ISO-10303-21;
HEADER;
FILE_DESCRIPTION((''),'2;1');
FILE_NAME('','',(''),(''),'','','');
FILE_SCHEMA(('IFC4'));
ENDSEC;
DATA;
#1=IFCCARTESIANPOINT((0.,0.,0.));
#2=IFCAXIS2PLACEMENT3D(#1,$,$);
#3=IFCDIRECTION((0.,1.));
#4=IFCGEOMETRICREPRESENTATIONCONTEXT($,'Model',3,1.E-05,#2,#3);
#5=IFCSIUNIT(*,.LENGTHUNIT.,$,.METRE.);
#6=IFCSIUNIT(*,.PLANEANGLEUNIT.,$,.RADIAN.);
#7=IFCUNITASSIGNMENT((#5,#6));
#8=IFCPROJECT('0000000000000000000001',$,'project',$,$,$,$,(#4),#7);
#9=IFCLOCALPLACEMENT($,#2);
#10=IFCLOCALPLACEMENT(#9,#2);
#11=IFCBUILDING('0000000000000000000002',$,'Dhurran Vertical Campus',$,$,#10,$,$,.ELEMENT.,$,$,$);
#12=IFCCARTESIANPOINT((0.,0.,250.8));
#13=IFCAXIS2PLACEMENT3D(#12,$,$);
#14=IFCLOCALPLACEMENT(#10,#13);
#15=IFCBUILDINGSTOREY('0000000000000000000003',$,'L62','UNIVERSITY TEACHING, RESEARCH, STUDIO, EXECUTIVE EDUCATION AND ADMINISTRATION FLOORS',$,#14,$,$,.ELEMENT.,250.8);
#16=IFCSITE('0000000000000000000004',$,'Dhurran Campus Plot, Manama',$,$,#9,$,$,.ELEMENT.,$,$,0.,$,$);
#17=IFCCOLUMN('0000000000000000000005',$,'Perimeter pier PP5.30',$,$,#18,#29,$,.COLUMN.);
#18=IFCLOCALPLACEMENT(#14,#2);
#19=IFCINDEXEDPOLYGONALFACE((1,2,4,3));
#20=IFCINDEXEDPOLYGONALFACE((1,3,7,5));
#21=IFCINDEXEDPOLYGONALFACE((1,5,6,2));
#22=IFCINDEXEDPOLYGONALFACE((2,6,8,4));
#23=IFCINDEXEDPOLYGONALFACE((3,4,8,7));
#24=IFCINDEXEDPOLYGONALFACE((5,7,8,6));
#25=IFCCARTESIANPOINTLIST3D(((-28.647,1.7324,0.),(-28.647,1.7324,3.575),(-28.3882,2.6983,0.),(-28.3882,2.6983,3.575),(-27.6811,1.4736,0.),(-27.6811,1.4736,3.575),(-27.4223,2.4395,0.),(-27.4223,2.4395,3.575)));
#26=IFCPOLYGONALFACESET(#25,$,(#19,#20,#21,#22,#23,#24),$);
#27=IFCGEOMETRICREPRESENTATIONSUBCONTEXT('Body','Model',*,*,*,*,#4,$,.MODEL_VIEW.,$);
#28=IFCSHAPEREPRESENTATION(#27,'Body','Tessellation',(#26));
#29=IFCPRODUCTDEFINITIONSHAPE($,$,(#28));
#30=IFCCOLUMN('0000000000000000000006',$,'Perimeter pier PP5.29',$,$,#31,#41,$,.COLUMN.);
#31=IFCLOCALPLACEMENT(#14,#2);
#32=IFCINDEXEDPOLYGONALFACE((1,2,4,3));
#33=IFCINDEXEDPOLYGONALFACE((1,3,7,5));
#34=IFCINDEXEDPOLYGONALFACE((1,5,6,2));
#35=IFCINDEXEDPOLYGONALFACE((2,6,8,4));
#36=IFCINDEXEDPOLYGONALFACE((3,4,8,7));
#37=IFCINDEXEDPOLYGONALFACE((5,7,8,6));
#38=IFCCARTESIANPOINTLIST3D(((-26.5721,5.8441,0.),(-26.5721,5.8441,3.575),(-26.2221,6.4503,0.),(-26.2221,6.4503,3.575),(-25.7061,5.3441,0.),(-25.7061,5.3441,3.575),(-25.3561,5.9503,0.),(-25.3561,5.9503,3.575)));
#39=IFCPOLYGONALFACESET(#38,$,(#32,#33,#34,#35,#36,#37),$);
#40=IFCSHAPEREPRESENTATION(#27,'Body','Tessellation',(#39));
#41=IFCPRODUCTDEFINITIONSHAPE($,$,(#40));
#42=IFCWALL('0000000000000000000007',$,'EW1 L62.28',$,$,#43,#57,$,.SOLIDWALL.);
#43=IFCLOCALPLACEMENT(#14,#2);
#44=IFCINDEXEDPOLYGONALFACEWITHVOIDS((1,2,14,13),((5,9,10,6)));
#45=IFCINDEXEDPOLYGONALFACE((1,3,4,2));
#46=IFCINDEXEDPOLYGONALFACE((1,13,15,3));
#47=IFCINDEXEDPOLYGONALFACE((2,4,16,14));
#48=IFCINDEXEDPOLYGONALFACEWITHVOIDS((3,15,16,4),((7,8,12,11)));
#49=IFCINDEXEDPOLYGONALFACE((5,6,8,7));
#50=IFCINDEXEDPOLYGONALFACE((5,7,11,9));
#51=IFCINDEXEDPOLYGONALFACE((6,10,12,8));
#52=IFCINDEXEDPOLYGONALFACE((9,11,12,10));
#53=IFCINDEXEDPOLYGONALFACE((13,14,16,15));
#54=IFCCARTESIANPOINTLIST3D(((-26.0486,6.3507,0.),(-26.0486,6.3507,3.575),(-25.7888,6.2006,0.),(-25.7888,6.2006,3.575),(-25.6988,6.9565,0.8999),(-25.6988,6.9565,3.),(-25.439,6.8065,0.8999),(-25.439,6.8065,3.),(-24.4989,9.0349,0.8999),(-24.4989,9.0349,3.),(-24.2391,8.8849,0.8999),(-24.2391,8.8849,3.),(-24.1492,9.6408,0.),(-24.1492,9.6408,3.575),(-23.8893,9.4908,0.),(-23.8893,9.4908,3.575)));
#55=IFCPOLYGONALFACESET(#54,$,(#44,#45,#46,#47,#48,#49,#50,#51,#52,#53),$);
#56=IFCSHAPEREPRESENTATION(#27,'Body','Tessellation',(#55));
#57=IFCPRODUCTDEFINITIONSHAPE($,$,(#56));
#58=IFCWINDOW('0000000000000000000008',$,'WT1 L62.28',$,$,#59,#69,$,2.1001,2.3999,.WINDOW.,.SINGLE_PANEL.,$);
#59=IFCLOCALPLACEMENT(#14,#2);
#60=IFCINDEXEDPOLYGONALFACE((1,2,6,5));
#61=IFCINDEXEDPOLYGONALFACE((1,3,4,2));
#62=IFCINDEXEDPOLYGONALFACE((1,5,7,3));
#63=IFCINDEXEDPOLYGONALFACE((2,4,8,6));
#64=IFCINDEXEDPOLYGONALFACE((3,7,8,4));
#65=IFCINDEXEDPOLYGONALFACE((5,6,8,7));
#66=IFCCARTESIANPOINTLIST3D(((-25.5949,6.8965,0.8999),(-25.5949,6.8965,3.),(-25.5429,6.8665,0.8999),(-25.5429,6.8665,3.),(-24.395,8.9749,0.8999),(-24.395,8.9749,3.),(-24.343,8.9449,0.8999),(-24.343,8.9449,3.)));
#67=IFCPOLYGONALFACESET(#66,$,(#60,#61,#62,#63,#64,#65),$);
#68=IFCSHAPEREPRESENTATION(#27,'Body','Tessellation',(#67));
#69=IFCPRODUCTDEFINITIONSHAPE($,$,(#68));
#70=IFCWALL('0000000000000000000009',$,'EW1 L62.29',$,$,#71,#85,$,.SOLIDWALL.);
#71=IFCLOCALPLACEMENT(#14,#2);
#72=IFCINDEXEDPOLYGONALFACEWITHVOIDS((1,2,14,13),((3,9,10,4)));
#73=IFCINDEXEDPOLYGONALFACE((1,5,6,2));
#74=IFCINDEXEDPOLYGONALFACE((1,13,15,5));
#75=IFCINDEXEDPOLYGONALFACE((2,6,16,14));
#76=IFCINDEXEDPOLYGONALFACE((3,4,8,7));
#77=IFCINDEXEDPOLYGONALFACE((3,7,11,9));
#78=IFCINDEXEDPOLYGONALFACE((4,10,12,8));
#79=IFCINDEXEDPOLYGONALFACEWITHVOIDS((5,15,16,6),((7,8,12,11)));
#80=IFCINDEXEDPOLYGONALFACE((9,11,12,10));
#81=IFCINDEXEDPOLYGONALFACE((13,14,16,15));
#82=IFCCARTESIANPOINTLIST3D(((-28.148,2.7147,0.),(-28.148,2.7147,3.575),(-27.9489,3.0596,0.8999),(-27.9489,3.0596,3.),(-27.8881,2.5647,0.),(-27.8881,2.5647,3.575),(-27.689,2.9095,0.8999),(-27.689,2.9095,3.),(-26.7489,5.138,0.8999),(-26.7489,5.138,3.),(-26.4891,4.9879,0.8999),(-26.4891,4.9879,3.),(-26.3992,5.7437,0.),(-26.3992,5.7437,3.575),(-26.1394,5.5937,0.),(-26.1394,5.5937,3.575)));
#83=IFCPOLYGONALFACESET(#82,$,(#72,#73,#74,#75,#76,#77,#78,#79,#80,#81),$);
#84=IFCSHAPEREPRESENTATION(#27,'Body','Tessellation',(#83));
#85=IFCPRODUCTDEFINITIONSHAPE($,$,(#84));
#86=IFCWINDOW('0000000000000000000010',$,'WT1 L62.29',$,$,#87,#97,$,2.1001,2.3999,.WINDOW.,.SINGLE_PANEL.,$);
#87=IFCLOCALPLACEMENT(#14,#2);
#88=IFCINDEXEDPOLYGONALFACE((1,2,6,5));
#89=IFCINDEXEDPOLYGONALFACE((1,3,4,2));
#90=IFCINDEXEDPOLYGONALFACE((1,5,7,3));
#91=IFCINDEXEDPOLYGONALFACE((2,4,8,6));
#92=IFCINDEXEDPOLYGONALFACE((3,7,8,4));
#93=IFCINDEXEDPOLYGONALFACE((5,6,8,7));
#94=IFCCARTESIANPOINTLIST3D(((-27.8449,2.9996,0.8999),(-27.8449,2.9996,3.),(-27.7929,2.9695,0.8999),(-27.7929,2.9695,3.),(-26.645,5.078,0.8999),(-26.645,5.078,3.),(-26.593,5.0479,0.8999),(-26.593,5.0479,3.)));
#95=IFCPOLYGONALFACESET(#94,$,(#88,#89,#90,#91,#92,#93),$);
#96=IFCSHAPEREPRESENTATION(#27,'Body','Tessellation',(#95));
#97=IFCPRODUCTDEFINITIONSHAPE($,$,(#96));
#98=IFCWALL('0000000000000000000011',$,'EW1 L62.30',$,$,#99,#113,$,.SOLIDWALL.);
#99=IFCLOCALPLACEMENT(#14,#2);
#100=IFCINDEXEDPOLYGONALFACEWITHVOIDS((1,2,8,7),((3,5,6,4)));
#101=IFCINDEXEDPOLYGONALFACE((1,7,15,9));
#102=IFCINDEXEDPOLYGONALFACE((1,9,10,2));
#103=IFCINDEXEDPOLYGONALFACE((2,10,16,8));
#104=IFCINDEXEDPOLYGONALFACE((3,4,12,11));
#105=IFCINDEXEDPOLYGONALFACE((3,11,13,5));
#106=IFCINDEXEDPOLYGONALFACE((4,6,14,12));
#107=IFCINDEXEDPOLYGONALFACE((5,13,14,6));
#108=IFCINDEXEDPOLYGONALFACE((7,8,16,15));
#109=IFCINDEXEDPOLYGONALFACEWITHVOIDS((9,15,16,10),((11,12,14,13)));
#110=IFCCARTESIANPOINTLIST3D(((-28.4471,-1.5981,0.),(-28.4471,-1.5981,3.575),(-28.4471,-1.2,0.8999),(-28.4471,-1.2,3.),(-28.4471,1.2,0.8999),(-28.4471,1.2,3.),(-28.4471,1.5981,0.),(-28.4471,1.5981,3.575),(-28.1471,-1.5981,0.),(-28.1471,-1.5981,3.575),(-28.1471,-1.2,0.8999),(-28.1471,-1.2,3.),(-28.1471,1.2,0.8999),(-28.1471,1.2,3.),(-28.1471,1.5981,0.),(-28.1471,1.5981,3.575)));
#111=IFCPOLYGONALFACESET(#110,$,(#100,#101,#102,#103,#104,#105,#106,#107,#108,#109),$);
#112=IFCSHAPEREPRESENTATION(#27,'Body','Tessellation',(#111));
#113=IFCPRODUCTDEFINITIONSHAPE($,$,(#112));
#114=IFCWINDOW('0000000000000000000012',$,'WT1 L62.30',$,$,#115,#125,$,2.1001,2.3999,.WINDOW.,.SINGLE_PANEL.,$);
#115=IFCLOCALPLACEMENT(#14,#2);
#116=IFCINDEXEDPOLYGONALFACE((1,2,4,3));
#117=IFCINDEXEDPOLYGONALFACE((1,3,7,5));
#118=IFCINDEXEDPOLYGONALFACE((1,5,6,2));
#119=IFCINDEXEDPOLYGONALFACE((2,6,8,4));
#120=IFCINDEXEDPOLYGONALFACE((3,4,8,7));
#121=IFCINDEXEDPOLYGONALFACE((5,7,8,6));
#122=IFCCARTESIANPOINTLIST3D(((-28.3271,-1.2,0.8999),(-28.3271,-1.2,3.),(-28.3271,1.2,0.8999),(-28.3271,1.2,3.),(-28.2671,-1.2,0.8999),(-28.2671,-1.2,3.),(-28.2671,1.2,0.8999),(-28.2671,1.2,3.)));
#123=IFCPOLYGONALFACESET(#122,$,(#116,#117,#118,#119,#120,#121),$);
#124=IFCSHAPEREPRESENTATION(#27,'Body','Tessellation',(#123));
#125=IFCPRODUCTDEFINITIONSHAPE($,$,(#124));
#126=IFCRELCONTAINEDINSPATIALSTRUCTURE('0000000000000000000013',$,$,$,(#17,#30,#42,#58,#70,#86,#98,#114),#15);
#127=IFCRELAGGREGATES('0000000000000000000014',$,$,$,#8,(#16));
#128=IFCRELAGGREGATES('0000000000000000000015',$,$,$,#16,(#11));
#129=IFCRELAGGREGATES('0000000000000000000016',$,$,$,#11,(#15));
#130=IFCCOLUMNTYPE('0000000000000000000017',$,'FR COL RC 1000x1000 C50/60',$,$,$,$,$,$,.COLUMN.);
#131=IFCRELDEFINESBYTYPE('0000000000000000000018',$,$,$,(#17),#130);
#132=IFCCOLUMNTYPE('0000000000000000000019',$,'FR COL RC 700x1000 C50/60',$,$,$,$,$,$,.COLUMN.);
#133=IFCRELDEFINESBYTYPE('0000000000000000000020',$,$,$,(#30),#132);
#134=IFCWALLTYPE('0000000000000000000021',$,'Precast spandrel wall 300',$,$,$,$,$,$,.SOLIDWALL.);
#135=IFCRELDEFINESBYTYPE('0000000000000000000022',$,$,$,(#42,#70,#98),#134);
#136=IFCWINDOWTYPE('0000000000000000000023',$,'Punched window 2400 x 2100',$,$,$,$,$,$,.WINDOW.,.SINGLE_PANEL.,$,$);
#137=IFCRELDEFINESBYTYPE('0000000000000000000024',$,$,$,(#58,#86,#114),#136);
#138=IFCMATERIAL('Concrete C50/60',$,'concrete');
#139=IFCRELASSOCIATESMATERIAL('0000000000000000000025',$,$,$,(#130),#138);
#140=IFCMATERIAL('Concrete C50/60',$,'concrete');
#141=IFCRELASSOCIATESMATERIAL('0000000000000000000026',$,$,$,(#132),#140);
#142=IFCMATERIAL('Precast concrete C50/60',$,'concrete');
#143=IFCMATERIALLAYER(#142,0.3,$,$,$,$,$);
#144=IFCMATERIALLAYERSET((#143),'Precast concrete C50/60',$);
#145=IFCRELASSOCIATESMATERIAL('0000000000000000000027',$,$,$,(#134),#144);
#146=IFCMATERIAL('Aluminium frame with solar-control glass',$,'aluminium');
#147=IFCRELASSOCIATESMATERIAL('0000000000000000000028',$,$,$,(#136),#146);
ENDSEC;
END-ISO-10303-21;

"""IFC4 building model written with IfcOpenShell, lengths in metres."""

from ifc_helpers import new_model, si_unit, direction, frame, frame_2d, origin, origin_2d, place, context, subcontext, project, spatial, rectangle, extrude, material, layer, layer_set, material_profile, profile_set, type_object, element, fill, save


model = new_model("IFC4")

# Units and contexts
model_context = context("Model", 3, precision=1e-05, world=origin(), true_north=direction((0.0, 1.0)))
body_context = subcontext(model_context, "Body", "Model", "MODEL_VIEW")
ifc_project = project(units=[si_unit("LENGTHUNIT", "METRE"), si_unit("PLANEANGLEUNIT", "RADIAN")], contexts=[model_context])

# Site, building, storey
site_placement = place(None, origin())
site = spatial("IfcSite", under=ifc_project, at=site_placement, Name="Dhurran Campus Plot, Manama", CompositionType="ELEMENT", RefElevation=0.0)
building_placement = place(site_placement, origin())
building = spatial("IfcBuilding", under=site, at=building_placement, Name="Dhurran Vertical Campus", CompositionType="ELEMENT")
storey_placement = place(building_placement, frame((0.0, 0.0, 250.8)))
storey = spatial("IfcBuildingStorey", under=building, at=storey_placement, Name="L62", Description="UNIVERSITY TEACHING, RESEARCH, STUDIO, EXECUTIVE EDUCATION AND ADMINISTRATION FLOORS", CompositionType="ELEMENT", Elevation=250.8)

# Columns
ifc_material_1 = material(Name="Concrete C50/60", Category="concrete")
ifc_material_profile_1 = material_profile(ifc_material_1, rectangle(XDim=1.0, YDim=1.0, at=origin_2d()), Name="RC 1000x1000")
ifc_profile_set_1 = profile_set([ifc_material_profile_1], Name="Concrete C50/60")
column_type_1 = type_object("IfcColumnType", Name="FR COL RC 1000x1000 C50/60", PredefinedType="COLUMN", material=ifc_profile_set_1)
column_1_placement = place(storey_placement, frame((-28.0347, 2.0859, 0.0), z_axis=(0.0, 0.0, 1.0), x_axis=(-0.258819, -0.965926, 0.0)))
element("IfcColumn", 1, at=column_1_placement, inside=storey, type_object=column_type_1, Name="Perimeter pier PP5.30", PredefinedType="COLUMN", context=body_context, shape_type="SweptSolid", body=[
    extrude(rectangle(XDim=1.0, YDim=1.0, at=origin_2d()), origin(), (0.0, 0.0, 1.0), 3.575),
])
ifc_material_2 = material(Name="Concrete C50/60", Category="concrete")
ifc_material_profile_2 = material_profile(ifc_material_2, rectangle(XDim=0.7, YDim=1.0, at=origin_2d()), Name="RC 700x1000")
ifc_profile_set_2 = profile_set([ifc_material_profile_2], Name="Concrete C50/60")
column_type_2 = type_object("IfcColumnType", Name="FR COL RC 700x1000 C50/60", PredefinedType="COLUMN", material=ifc_profile_set_2)
column_2_placement = place(storey_placement, frame((-25.9641, 5.8972, 0.0), z_axis=(0.0, 0.0, 1.0), x_axis=(-0.5, -0.866025, 0.0)))
element("IfcColumn", 2, at=column_2_placement, inside=storey, type_object=column_type_2, Name="Perimeter pier PP5.29", PredefinedType="COLUMN", context=body_context, shape_type="SweptSolid", body=[
    extrude(rectangle(XDim=0.7, YDim=1.0, at=origin_2d()), origin(), (0.0, 0.0, 1.0), 3.575),
])

# Walls, openings, windows
ifc_material_3 = material(Name="Precast concrete C50/60", Category="concrete")
ifc_layer_1 = layer(ifc_material_3, 0.3)
ifc_layer_set_1 = layer_set([ifc_layer_1], Name="Precast concrete C50/60")
wall_type_1 = type_object("IfcWallType", Name="Precast spandrel wall 300", PredefinedType="SOLIDWALL", material=ifc_layer_set_1)
wall_1_placement = place(storey_placement, frame((-24.0193, 9.5657, 0.0), z_axis=(0.0, 0.0, 1.0), x_axis=(-0.499982, -0.866036, 0.0)))
wall_1 = element("IfcWall", 3, at=wall_1_placement, inside=storey, type_object=wall_type_1, Name="EW1 L62.28", PredefinedType="SOLIDWALL", context=body_context, shape_type="SweptSolid", body=[
    extrude(rectangle(XDim=3.7991, YDim=0.3, at=frame_2d((1.8994, 0.0))), origin(), (0.0, 0.0, 1.0), 3.575),
])
opening_1_placement = place(wall_1_placement, frame((0.6995, 0.0, 0.8999)))
opening_1 = element("IfcOpeningElement", 4, at=opening_1_placement, cuts=wall_1, PredefinedType="OPENING", context=body_context, shape_type="SweptSolid", body=[
    extrude(rectangle(XDim=2.3999, YDim=2.1001, at=frame_2d((1.2, 1.05))), frame((0.0, 0.1599, 0.0), z_axis=(0.0, -1.0, 0.0), x_axis=(1.0, 0.0, 0.0)), (0.0, 0.0, 1.0), 0.3201),
])
ifc_material_4 = material(Name="Aluminium frame with solar-control glass", Category="aluminium")
window_type = type_object("IfcWindowType", Name="Punched window 2400 x 2100", PartitioningType="SINGLE_PANEL", PredefinedType="WINDOW", material=ifc_material_4)
window_1_placement = place(opening_1_placement, origin())
window_1 = element("IfcWindow", 5, at=window_1_placement, inside=storey, type_object=window_type, Name="WT1 L62.28", OverallHeight=2.1001, OverallWidth=2.3999, PartitioningType="SINGLE_PANEL", PredefinedType="WINDOW", context=body_context, shape_type="SweptSolid", body=[
    extrude(rectangle(XDim=2.3999, YDim=2.1001, at=frame_2d((1.2, 1.05))), frame((0.0, 0.03, 0.0), z_axis=(0.0, -1.0, 0.0), x_axis=(1.0, 0.0, 0.0)), (0.0, 0.0, 1.0), 0.0601),
])
fill(opening_1, window_1)
wall_2_placement = place(storey_placement, frame((-26.2693, 5.6687, 0.0), z_axis=(0.0, 0.0, 1.0), x_axis=(-0.49999, -0.866031, 0.0)))
wall_2 = element("IfcWall", 6, at=wall_2_placement, inside=storey, type_object=wall_type_1, Name="EW1 L62.29", PredefinedType="SOLIDWALL", context=body_context, shape_type="SweptSolid", body=[
    extrude(rectangle(XDim=3.4976, YDim=0.3, at=frame_2d((1.7488, 0.0))), origin(), (0.0, 0.0, 1.0), 3.575),
])
opening_2_placement = place(wall_2_placement, frame((0.6995, 0.0, 0.8999)))
opening_2 = element("IfcOpeningElement", 7, at=opening_2_placement, cuts=wall_2, PredefinedType="OPENING", context=body_context, shape_type="SweptSolid", body=[
    extrude(rectangle(XDim=2.3999, YDim=2.1001, at=frame_2d((1.2, 1.05))), frame((0.0, 0.1599, 0.0), z_axis=(0.0, -1.0, 0.0), x_axis=(1.0, 0.0, 0.0)), (0.0, 0.0, 1.0), 0.3201),
])
window_2_placement = place(opening_2_placement, origin())
window_2 = element("IfcWindow", 8, at=window_2_placement, inside=storey, type_object=window_type, Name="WT1 L62.29", OverallHeight=2.1001, OverallWidth=2.3999, PartitioningType="SINGLE_PANEL", PredefinedType="WINDOW", context=body_context, shape_type="SweptSolid", body=[
    extrude(rectangle(XDim=2.3999, YDim=2.1001, at=frame_2d((1.2, 1.05))), frame((0.0, 0.03, 0.0), z_axis=(0.0, -1.0, 0.0), x_axis=(1.0, 0.0, 0.0)), (0.0, 0.0, 1.0), 0.0601),
])
fill(opening_2, window_2)
wall_3_placement = place(storey_placement, frame((-28.2971, 1.5981, 0.0), z_axis=(0.0, 0.0, 1.0), x_axis=(0.0, -1.0, 0.0)))
wall_3 = element("IfcWall", 9, at=wall_3_placement, inside=storey, type_object=wall_type_1, Name="EW1 L62.30", PredefinedType="SOLIDWALL", context=body_context, shape_type="SweptSolid", body=[
    extrude(rectangle(XDim=3.1963, YDim=0.3, at=frame_2d((1.5981, 0.0))), origin(), (0.0, 0.0, 1.0), 3.575),
])
opening_3_placement = place(wall_3_placement, frame((0.3982, 0.0, 0.8999)))
opening_3 = element("IfcOpeningElement", 10, at=opening_3_placement, cuts=wall_3, PredefinedType="OPENING", context=body_context, shape_type="SweptSolid", body=[
    extrude(rectangle(XDim=2.3999, YDim=2.1001, at=frame_2d((1.2, 1.05))), frame((0.0, 0.1599, 0.0), z_axis=(0.0, -1.0, 0.0), x_axis=(1.0, 0.0, 0.0)), (0.0, 0.0, 1.0), 0.3201),
])
window_3_placement = place(opening_3_placement, origin())
window_3 = element("IfcWindow", 11, at=window_3_placement, inside=storey, type_object=window_type, Name="WT1 L62.30", OverallHeight=2.1001, OverallWidth=2.3999, PartitioningType="SINGLE_PANEL", PredefinedType="WINDOW", context=body_context, shape_type="SweptSolid", body=[
    extrude(rectangle(XDim=2.3999, YDim=2.1001, at=frame_2d((1.2, 1.05))), frame((0.0, 0.03, 0.0), z_axis=(0.0, -1.0, 0.0), x_axis=(1.0, 0.0, 0.0)), (0.0, 0.0, 1.0), 0.0601),
])
fill(opening_3, window_3)

save(model, "model.ifc")
